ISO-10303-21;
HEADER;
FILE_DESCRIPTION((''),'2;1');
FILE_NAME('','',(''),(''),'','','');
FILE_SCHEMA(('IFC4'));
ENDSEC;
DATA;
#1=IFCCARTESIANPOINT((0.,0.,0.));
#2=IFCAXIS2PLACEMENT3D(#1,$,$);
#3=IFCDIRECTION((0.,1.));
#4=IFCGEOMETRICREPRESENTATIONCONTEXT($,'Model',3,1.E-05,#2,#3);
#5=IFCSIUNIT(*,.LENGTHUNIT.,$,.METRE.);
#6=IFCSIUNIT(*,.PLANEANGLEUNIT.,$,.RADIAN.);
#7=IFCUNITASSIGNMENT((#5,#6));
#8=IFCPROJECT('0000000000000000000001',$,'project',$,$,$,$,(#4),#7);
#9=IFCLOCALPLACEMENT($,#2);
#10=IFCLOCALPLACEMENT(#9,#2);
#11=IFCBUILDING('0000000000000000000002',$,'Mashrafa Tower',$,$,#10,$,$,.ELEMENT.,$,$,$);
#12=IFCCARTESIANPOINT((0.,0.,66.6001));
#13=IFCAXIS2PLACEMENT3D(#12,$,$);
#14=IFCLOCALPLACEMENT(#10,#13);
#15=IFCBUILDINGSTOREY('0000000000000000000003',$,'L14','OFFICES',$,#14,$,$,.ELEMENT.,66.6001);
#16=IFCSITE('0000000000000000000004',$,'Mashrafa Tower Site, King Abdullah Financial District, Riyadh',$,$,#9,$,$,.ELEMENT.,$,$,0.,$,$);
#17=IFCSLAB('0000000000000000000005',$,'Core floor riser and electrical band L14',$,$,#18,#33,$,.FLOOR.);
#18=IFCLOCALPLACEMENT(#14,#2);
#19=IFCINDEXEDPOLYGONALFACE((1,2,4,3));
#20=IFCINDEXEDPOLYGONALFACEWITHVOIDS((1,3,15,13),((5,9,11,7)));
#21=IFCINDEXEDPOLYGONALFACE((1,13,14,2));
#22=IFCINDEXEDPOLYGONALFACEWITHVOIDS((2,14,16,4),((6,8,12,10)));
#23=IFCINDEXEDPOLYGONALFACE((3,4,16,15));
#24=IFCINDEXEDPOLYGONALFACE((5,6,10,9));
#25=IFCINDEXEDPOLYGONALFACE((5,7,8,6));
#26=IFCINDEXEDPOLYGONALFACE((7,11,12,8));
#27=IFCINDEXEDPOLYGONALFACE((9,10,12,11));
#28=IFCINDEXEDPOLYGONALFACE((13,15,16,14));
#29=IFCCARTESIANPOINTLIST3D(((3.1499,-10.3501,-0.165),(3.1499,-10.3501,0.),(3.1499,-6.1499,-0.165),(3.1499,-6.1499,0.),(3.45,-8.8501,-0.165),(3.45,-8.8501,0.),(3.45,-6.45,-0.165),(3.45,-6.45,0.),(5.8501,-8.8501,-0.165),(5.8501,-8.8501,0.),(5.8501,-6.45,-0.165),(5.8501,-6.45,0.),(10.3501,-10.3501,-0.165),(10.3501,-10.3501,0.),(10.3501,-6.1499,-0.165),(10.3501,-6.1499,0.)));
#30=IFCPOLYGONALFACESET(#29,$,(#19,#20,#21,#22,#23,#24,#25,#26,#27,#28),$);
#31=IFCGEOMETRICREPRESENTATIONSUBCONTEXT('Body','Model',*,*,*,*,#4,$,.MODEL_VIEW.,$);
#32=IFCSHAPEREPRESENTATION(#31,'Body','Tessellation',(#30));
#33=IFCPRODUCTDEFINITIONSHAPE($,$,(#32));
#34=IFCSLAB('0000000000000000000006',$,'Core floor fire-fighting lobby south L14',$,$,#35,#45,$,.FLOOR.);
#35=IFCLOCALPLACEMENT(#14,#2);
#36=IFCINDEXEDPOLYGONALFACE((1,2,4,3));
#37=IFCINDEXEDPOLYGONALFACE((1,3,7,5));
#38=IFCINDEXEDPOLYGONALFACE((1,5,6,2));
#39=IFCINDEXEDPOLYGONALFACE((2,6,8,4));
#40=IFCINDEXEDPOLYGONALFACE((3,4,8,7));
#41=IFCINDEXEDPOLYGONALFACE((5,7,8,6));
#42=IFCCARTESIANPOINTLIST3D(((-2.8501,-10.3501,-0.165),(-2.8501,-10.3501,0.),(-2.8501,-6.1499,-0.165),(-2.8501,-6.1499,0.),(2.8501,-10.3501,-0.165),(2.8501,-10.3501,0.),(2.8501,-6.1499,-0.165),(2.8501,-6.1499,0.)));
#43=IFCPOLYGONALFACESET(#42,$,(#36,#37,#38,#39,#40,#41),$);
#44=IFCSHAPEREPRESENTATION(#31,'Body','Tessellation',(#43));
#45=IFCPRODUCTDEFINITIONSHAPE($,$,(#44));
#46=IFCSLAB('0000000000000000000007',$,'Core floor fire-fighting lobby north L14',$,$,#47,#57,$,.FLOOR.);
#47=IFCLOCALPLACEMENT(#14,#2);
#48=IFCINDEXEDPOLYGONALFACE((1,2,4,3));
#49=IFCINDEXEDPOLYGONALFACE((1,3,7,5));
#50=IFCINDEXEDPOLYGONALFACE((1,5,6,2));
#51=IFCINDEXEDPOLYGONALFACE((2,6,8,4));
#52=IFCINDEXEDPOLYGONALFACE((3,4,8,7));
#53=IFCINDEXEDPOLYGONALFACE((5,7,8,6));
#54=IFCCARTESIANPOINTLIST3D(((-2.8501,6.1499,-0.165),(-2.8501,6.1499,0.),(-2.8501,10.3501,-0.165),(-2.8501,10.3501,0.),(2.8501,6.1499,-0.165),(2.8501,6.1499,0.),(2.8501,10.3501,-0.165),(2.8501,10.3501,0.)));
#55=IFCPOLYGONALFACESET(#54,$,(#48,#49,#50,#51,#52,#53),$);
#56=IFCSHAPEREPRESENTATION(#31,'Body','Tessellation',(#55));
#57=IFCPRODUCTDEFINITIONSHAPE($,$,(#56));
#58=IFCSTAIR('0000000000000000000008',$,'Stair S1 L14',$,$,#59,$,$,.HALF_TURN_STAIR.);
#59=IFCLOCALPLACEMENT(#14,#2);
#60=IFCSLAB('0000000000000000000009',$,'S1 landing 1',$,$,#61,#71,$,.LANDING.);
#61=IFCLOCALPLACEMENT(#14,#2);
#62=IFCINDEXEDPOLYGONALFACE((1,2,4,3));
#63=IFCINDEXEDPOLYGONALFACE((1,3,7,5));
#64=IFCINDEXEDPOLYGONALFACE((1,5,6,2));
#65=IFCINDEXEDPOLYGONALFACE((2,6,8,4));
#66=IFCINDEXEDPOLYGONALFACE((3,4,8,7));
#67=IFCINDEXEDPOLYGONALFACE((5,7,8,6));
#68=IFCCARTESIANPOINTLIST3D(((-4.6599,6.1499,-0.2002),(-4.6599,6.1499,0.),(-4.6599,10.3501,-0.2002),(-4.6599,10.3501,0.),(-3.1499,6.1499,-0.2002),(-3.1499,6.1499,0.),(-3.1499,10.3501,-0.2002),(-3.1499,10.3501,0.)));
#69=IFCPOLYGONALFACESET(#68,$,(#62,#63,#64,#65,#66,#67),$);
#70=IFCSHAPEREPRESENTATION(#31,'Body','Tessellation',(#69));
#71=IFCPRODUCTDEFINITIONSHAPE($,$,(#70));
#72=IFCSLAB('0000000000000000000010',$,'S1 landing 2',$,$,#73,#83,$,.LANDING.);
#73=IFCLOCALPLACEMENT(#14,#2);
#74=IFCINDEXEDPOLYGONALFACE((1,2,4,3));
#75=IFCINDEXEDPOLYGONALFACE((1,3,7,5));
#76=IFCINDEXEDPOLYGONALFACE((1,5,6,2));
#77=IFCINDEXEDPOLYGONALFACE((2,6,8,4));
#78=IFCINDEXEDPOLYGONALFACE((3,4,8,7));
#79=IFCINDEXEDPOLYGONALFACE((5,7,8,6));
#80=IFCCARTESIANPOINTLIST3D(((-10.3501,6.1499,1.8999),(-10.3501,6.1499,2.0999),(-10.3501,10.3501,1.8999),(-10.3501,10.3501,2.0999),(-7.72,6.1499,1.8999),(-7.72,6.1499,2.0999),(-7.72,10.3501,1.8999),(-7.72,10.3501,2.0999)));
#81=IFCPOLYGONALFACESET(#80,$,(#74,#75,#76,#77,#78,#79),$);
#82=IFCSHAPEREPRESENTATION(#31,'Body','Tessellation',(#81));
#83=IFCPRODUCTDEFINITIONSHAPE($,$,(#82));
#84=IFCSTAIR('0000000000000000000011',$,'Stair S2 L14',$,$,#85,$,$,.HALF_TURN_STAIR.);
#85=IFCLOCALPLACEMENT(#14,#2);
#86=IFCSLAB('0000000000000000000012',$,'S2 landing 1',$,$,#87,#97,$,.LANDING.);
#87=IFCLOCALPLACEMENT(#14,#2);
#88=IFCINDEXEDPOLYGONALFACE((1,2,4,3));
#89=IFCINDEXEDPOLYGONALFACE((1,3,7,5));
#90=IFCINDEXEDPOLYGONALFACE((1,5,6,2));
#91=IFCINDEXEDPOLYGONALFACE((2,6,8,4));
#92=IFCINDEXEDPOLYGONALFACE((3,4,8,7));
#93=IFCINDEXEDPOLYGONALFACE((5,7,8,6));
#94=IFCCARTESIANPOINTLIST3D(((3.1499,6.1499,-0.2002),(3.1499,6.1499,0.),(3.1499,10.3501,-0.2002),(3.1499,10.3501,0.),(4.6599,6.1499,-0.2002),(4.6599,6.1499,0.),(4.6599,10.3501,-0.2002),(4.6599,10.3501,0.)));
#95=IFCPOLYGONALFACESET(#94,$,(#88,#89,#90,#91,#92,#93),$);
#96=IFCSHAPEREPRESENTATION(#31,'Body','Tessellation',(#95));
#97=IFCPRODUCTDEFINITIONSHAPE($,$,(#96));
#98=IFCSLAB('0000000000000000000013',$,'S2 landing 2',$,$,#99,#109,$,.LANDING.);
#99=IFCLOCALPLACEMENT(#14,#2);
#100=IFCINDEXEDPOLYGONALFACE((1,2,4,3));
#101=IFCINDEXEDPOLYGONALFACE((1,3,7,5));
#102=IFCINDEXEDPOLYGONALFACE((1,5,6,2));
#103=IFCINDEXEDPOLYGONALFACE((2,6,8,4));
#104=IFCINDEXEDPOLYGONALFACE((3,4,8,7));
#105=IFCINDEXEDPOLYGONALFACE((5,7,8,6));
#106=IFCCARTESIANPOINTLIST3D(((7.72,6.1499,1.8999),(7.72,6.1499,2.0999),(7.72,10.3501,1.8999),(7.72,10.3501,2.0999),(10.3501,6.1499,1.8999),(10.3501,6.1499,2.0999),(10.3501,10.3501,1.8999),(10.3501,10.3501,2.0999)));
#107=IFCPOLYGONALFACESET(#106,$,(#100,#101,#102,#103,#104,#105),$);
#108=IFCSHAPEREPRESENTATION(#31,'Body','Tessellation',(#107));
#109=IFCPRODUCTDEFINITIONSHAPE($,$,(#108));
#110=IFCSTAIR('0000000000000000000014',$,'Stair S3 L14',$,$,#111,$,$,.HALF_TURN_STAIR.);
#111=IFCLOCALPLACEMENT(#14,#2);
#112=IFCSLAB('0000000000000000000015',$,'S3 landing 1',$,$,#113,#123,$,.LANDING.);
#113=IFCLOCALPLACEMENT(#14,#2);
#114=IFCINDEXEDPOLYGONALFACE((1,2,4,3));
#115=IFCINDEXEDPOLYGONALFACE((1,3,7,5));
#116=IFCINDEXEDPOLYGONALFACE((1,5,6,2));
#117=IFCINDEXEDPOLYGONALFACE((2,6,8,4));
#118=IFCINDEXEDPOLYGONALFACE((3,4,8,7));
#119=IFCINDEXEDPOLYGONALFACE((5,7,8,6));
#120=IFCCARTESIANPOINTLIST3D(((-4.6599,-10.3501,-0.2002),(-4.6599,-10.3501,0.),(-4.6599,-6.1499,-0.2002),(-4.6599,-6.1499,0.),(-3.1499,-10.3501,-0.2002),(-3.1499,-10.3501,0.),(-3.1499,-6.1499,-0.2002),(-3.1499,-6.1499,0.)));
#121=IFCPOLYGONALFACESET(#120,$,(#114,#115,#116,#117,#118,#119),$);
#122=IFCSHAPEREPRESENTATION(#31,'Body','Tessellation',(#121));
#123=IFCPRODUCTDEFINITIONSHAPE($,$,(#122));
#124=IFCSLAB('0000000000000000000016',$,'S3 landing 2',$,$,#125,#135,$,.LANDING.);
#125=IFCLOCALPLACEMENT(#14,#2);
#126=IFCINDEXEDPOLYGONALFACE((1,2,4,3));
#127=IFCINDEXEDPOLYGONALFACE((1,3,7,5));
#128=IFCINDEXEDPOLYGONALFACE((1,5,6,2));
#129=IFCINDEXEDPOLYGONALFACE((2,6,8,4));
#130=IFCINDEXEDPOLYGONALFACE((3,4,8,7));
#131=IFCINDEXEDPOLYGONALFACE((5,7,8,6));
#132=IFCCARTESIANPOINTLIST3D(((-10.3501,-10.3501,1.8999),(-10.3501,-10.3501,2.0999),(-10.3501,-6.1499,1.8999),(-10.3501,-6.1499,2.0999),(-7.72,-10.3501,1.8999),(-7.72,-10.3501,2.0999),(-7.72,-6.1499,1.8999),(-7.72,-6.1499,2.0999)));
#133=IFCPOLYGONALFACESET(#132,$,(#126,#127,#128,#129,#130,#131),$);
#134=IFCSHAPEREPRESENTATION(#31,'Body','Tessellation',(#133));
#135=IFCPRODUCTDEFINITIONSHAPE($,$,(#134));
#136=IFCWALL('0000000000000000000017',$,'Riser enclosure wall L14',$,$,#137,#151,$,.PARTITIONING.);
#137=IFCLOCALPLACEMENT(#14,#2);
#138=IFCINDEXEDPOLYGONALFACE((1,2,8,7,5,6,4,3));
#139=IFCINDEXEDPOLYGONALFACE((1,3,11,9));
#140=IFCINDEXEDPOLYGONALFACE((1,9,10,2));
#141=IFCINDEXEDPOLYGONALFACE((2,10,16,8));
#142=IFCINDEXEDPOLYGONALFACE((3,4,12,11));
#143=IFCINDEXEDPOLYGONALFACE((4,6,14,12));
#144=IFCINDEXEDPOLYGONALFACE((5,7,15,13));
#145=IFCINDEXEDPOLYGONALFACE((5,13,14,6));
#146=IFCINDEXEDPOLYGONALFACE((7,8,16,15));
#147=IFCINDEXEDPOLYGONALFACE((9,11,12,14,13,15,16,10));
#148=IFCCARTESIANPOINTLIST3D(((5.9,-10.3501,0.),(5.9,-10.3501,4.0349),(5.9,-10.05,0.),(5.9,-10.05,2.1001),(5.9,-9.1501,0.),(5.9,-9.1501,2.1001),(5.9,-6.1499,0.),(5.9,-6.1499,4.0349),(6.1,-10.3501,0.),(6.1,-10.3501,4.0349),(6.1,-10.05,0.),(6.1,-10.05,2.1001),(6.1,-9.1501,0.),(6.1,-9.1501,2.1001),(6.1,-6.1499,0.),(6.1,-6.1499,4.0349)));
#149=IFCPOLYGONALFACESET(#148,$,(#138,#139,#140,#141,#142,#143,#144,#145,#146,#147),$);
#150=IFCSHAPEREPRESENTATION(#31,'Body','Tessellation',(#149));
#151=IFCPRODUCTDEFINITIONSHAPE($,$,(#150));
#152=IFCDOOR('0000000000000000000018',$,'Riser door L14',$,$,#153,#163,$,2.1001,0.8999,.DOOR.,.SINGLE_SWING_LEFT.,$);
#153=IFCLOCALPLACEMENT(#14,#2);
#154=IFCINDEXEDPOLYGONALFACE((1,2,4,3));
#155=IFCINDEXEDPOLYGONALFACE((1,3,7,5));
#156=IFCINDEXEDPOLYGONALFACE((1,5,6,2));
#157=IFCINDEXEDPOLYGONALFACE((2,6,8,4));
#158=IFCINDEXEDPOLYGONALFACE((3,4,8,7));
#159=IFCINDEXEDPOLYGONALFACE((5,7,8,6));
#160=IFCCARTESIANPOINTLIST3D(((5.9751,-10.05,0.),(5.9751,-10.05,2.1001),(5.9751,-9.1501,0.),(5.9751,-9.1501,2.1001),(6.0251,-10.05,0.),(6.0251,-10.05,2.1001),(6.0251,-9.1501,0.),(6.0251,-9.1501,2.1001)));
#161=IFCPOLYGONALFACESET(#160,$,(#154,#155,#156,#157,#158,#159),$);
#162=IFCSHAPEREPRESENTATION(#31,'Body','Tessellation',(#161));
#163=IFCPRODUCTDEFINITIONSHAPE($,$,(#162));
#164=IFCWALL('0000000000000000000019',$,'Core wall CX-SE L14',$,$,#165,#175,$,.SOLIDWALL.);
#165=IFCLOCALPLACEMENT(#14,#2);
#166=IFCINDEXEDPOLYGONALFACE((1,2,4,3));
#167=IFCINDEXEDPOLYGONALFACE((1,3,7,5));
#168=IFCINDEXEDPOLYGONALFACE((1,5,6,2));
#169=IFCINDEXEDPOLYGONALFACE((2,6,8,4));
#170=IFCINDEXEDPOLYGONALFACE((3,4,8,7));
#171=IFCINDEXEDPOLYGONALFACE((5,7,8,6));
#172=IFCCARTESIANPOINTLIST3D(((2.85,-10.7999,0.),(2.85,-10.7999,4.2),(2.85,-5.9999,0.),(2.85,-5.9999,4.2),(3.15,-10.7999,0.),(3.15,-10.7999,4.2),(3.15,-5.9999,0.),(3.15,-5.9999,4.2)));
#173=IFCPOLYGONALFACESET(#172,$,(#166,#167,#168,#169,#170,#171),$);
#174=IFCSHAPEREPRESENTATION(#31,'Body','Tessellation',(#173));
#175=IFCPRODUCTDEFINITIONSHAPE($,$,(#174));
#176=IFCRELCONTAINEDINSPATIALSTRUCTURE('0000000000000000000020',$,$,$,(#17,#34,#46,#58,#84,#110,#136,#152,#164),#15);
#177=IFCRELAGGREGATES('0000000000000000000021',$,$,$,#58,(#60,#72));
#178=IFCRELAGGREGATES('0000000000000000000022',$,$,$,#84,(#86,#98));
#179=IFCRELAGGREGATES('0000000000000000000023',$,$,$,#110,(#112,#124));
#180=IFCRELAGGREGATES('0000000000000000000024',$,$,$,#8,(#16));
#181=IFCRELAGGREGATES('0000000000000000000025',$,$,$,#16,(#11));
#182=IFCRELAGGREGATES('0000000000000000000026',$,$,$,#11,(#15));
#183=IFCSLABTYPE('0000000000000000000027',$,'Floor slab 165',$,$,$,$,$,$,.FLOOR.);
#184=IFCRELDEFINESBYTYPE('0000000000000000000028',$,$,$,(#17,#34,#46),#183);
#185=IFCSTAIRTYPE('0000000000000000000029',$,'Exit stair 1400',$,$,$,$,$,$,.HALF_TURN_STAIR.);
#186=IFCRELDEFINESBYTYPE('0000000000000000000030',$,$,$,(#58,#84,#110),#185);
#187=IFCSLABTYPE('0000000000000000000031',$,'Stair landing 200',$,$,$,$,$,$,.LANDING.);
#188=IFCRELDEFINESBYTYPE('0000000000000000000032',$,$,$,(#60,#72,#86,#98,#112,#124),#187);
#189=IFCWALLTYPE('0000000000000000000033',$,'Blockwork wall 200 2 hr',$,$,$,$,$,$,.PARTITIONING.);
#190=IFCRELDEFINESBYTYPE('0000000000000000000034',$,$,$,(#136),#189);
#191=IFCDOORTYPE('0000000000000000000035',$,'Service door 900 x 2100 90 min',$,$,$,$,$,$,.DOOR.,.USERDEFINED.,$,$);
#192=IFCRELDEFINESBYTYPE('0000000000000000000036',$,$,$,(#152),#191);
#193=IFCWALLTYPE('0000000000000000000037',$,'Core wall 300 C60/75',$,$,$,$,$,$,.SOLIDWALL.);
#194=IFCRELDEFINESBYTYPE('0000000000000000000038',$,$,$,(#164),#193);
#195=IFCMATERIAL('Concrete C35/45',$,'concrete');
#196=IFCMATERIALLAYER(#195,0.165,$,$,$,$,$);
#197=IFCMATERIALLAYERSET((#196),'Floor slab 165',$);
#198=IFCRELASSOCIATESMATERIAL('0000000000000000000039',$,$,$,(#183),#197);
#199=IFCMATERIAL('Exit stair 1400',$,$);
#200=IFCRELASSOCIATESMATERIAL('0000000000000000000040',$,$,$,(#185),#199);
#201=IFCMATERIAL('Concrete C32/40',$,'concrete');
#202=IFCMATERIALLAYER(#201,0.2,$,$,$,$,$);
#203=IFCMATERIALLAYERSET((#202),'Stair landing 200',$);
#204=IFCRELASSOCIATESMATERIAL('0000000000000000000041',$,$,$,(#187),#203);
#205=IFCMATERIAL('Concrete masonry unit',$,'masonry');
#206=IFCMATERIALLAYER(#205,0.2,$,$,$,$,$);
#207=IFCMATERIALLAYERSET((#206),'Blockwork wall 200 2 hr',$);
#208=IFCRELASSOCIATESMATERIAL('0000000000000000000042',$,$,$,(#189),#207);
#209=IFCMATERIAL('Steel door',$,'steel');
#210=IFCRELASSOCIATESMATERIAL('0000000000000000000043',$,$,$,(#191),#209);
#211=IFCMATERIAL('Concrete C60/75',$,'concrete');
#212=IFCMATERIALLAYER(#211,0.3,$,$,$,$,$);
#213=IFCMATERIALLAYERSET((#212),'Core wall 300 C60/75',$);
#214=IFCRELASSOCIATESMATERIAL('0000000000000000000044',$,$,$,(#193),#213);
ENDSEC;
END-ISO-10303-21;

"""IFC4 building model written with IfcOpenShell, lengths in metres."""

from ifc_helpers import new_model, si_unit, direction, frame, frame_2d, origin, place, context, subcontext, project, spatial, polyline, rectangle, outline, extrude, material, layer, layer_set, type_object, element, fill, aggregate, save


model = new_model("IFC4")

# Units and contexts
model_context = context("Model", 3, precision=1e-05, world=origin(), true_north=direction((0.0, 1.0)))
body_context = subcontext(model_context, "Body", "Model", "MODEL_VIEW")
ifc_project = project(units=[si_unit("LENGTHUNIT", "METRE"), si_unit("PLANEANGLEUNIT", "RADIAN")], contexts=[model_context])

# Site, building, storey
site_placement = place(None, origin())
site = spatial("IfcSite", under=ifc_project, at=site_placement, Name="Mashrafa Tower Site, King Abdullah Financial District, Riyadh", CompositionType="ELEMENT", RefElevation=0.0)
building_placement = place(site_placement, origin())
building = spatial("IfcBuilding", under=site, at=building_placement, Name="Mashrafa Tower", CompositionType="ELEMENT")
storey_placement = place(building_placement, frame((0.0, 0.0, 66.6001)))
storey = spatial("IfcBuildingStorey", under=building, at=storey_placement, Name="L14", Description="OFFICES", CompositionType="ELEMENT", Elevation=66.6001)

# Slabs
ifc_material_1 = material(Name="Concrete C35/45", Category="concrete")
ifc_layer_1 = layer(ifc_material_1, 0.165)
ifc_layer_set_1 = layer_set([ifc_layer_1], Name="Floor slab 165")
slab_type_1 = type_object("IfcSlabType", Name="Floor slab 165", PredefinedType="FLOOR", material=ifc_layer_set_1)
slab_1_placement = place(storey_placement, frame((0.0, 0.0, -0.165)))
element("IfcSlab", 1, at=slab_1_placement, inside=storey, type_object=slab_type_1, Name="Core floor riser and electrical band L14", PredefinedType="FLOOR", context=body_context, shape_type="SweptSolid", body=[
    extrude(outline(polyline([(10.3501, -6.1499), (10.3501, -10.3501), (3.1499, -10.3501), (3.1499, -6.1499), (10.3501, -6.1499)]), holes=[polyline([(3.45, -8.8501), (5.8501, -8.8501), (5.8501, -6.45), (3.45, -6.45), (3.45, -8.8501)])]), origin(), (0.0, 0.0, 1.0), 0.165),
])
slab_2_placement = place(storey_placement, frame((0.0, 0.0, -0.165)))
element("IfcSlab", 2, at=slab_2_placement, inside=storey, type_object=slab_type_1, Name="Core floor fire-fighting lobby south L14", PredefinedType="FLOOR", context=body_context, shape_type="SweptSolid", body=[
    extrude(outline(polyline([(2.8501, -6.1499), (2.8501, -10.3501), (-2.8501, -10.3501), (-2.8501, -6.1499), (2.8501, -6.1499)])), origin(), (0.0, 0.0, 1.0), 0.165),
])
slab_3_placement = place(storey_placement, frame((0.0, 0.0, -0.165)))
element("IfcSlab", 3, at=slab_3_placement, inside=storey, type_object=slab_type_1, Name="Core floor fire-fighting lobby north L14", PredefinedType="FLOOR", context=body_context, shape_type="SweptSolid", body=[
    extrude(outline(polyline([(-2.8501, 10.3501), (2.8501, 10.3501), (2.8501, 6.1499), (-2.8501, 6.1499), (-2.8501, 10.3501)])), origin(), (0.0, 0.0, 1.0), 0.165),
])

# Stairs, slabs
ifc_material_2 = material(Name="Exit stair 1400")
stair_type = type_object("IfcStairType", Name="Exit stair 1400", PredefinedType="HALF_TURN_STAIR", material=ifc_material_2)
stair_1_placement = place(storey_placement, origin())
stair_1 = element("IfcStair", 4, at=stair_1_placement, inside=storey, type_object=stair_type, Name="Stair S1 L14", PredefinedType="HALF_TURN_STAIR")
ifc_material_3 = material(Name="Concrete C32/40", Category="concrete")
ifc_layer_2 = layer(ifc_material_3, 0.2)
ifc_layer_set_2 = layer_set([ifc_layer_2], Name="Stair landing 200")
slab_type_2 = type_object("IfcSlabType", Name="Stair landing 200", PredefinedType="LANDING", material=ifc_layer_set_2)
slab_4_placement = place(storey_placement, frame((0.0, 0.0, -0.2002)))
slab_4 = element("IfcSlab", 5, at=slab_4_placement, type_object=slab_type_2, Name="S1 landing 1", PredefinedType="LANDING", context=body_context, shape_type="SweptSolid", body=[
    extrude(outline(polyline([(-4.6599, 6.1499), (-3.1499, 6.1499), (-3.1499, 10.3501), (-4.6599, 10.3501), (-4.6599, 6.1499)])), origin(), (0.0, 0.0, 1.0), 0.2002),
])
slab_5_placement = place(storey_placement, frame((0.0, 0.0, 1.8999)))
slab_5 = element("IfcSlab", 6, at=slab_5_placement, type_object=slab_type_2, Name="S1 landing 2", PredefinedType="LANDING", context=body_context, shape_type="SweptSolid", body=[
    extrude(outline(polyline([(-10.3501, 6.1499), (-7.72, 6.1499), (-7.72, 10.3501), (-10.3501, 10.3501), (-10.3501, 6.1499)])), origin(), (0.0, 0.0, 1.0), 0.2),
])
aggregate(stair_1, [slab_4, slab_5])
stair_2_placement = place(storey_placement, origin())
stair_2 = element("IfcStair", 7, at=stair_2_placement, inside=storey, type_object=stair_type, Name="Stair S2 L14", PredefinedType="HALF_TURN_STAIR")
slab_6_placement = place(storey_placement, frame((0.0, 0.0, -0.2002)))
slab_6 = element("IfcSlab", 8, at=slab_6_placement, type_object=slab_type_2, Name="S2 landing 1", PredefinedType="LANDING", context=body_context, shape_type="SweptSolid", body=[
    extrude(outline(polyline([(3.1499, 6.1499), (4.6599, 6.1499), (4.6599, 10.3501), (3.1499, 10.3501), (3.1499, 6.1499)])), origin(), (0.0, 0.0, 1.0), 0.2002),
])
slab_7_placement = place(storey_placement, frame((0.0, 0.0, 1.8999)))
slab_7 = element("IfcSlab", 9, at=slab_7_placement, type_object=slab_type_2, Name="S2 landing 2", PredefinedType="LANDING", context=body_context, shape_type="SweptSolid", body=[
    extrude(outline(polyline([(7.72, 6.1499), (10.3501, 6.1499), (10.3501, 10.3501), (7.72, 10.3501), (7.72, 6.1499)])), origin(), (0.0, 0.0, 1.0), 0.2),
])
aggregate(stair_2, [slab_6, slab_7])
stair_3_placement = place(storey_placement, origin())
stair_3 = element("IfcStair", 10, at=stair_3_placement, inside=storey, type_object=stair_type, Name="Stair S3 L14", PredefinedType="HALF_TURN_STAIR")
slab_8_placement = place(storey_placement, frame((0.0, 0.0, -0.2002)))
slab_8 = element("IfcSlab", 11, at=slab_8_placement, type_object=slab_type_2, Name="S3 landing 1", PredefinedType="LANDING", context=body_context, shape_type="SweptSolid", body=[
    extrude(outline(polyline([(-4.6599, -10.3501), (-3.1499, -10.3501), (-3.1499, -6.1499), (-4.6599, -6.1499), (-4.6599, -10.3501)])), origin(), (0.0, 0.0, 1.0), 0.2002),
])
slab_9_placement = place(storey_placement, frame((0.0, 0.0, 1.8999)))
slab_9 = element("IfcSlab", 12, at=slab_9_placement, type_object=slab_type_2, Name="S3 landing 2", PredefinedType="LANDING", context=body_context, shape_type="SweptSolid", body=[
    extrude(outline(polyline([(-10.3501, -10.3501), (-7.72, -10.3501), (-7.72, -6.1499), (-10.3501, -6.1499), (-10.3501, -10.3501)])), origin(), (0.0, 0.0, 1.0), 0.2),
])
aggregate(stair_3, [slab_8, slab_9])

# Wall, opening, door
ifc_material_4 = material(Name="Concrete masonry unit", Category="masonry")
ifc_layer_3 = layer(ifc_material_4, 0.2)
ifc_layer_set_3 = layer_set([ifc_layer_3], Name="Blockwork wall 200 2 hr")
wall_type_1 = type_object("IfcWallType", Name="Blockwork wall 200 2 hr", PredefinedType="PARTITIONING", material=ifc_layer_set_3)
wall_1_placement = place(storey_placement, frame((6.0, -10.3501, 0.0), z_axis=(0.0, 0.0, 1.0), x_axis=(0.0, 1.0, 0.0)))
wall_1 = element("IfcWall", 13, at=wall_1_placement, inside=storey, type_object=wall_type_1, Name="Riser enclosure wall L14", PredefinedType="PARTITIONING", context=body_context, shape_type="SweptSolid", body=[
    extrude(rectangle(XDim=4.2002, YDim=0.2, at=frame_2d((2.1001, 0.0))), origin(), (0.0, 0.0, 1.0), 4.0349),
])
opening_1_placement = place(wall_1_placement, frame((0.3, 0.0, 0.0)))
opening_1 = element("IfcOpeningElement", 14, at=opening_1_placement, cuts=wall_1, PredefinedType="OPENING", context=body_context, shape_type="SweptSolid", body=[
    extrude(rectangle(XDim=0.8999, YDim=2.1001, at=frame_2d((0.45, 1.05))), frame((0.0, 0.1099, 0.0), z_axis=(0.0, -1.0, 0.0), x_axis=(1.0, 0.0, 0.0)), (0.0, 0.0, 1.0), 0.22),
])
ifc_material_5 = material(Name="Steel door", Category="steel")
door_type_1 = type_object("IfcDoorType", Name="Service door 900 x 2100 90 min", OperationType="USERDEFINED", PredefinedType="DOOR", material=ifc_material_5)
door_1_placement = place(opening_1_placement, origin())
door_1 = element("IfcDoor", 15, at=door_1_placement, inside=storey, type_object=door_type_1, Name="Riser door L14", OperationType="SINGLE_SWING_LEFT", OverallHeight=2.1001, OverallWidth=0.8999, PredefinedType="DOOR", context=body_context, shape_type="SweptSolid", body=[
    extrude(rectangle(XDim=0.8999, YDim=2.1001, at=frame_2d((0.45, 1.05))), frame((0.0, 0.0249, 0.0), z_axis=(0.0, -1.0, 0.0), x_axis=(1.0, 0.0, 0.0)), (0.0, 0.0, 1.0), 0.05),
])
fill(opening_1, door_1)

# Wall
ifc_material_6 = material(Name="Concrete C60/75", Category="concrete")
ifc_layer_4 = layer(ifc_material_6, 0.3)
ifc_layer_set_4 = layer_set([ifc_layer_4], Name="Core wall 300 C60/75")
wall_type_2 = type_object("IfcWallType", Name="Core wall 300 C60/75", PredefinedType="SOLIDWALL", material=ifc_layer_set_4)
wall_2_placement = place(storey_placement, frame((3.0, -6.0, 0.0), z_axis=(0.0, 0.0, 1.0), x_axis=(0.0, -1.0, 0.0)))
element("IfcWall", 16, at=wall_2_placement, inside=storey, type_object=wall_type_2, Name="Core wall CX-SE L14", PredefinedType="SOLIDWALL", context=body_context, shape_type="SweptSolid", body=[
    extrude(rectangle(XDim=4.8, YDim=0.3, at=frame_2d((2.3999, 0.0))), origin(), (0.0, 0.0, 1.0), 4.2),
])

save(model, "model.ifc")
